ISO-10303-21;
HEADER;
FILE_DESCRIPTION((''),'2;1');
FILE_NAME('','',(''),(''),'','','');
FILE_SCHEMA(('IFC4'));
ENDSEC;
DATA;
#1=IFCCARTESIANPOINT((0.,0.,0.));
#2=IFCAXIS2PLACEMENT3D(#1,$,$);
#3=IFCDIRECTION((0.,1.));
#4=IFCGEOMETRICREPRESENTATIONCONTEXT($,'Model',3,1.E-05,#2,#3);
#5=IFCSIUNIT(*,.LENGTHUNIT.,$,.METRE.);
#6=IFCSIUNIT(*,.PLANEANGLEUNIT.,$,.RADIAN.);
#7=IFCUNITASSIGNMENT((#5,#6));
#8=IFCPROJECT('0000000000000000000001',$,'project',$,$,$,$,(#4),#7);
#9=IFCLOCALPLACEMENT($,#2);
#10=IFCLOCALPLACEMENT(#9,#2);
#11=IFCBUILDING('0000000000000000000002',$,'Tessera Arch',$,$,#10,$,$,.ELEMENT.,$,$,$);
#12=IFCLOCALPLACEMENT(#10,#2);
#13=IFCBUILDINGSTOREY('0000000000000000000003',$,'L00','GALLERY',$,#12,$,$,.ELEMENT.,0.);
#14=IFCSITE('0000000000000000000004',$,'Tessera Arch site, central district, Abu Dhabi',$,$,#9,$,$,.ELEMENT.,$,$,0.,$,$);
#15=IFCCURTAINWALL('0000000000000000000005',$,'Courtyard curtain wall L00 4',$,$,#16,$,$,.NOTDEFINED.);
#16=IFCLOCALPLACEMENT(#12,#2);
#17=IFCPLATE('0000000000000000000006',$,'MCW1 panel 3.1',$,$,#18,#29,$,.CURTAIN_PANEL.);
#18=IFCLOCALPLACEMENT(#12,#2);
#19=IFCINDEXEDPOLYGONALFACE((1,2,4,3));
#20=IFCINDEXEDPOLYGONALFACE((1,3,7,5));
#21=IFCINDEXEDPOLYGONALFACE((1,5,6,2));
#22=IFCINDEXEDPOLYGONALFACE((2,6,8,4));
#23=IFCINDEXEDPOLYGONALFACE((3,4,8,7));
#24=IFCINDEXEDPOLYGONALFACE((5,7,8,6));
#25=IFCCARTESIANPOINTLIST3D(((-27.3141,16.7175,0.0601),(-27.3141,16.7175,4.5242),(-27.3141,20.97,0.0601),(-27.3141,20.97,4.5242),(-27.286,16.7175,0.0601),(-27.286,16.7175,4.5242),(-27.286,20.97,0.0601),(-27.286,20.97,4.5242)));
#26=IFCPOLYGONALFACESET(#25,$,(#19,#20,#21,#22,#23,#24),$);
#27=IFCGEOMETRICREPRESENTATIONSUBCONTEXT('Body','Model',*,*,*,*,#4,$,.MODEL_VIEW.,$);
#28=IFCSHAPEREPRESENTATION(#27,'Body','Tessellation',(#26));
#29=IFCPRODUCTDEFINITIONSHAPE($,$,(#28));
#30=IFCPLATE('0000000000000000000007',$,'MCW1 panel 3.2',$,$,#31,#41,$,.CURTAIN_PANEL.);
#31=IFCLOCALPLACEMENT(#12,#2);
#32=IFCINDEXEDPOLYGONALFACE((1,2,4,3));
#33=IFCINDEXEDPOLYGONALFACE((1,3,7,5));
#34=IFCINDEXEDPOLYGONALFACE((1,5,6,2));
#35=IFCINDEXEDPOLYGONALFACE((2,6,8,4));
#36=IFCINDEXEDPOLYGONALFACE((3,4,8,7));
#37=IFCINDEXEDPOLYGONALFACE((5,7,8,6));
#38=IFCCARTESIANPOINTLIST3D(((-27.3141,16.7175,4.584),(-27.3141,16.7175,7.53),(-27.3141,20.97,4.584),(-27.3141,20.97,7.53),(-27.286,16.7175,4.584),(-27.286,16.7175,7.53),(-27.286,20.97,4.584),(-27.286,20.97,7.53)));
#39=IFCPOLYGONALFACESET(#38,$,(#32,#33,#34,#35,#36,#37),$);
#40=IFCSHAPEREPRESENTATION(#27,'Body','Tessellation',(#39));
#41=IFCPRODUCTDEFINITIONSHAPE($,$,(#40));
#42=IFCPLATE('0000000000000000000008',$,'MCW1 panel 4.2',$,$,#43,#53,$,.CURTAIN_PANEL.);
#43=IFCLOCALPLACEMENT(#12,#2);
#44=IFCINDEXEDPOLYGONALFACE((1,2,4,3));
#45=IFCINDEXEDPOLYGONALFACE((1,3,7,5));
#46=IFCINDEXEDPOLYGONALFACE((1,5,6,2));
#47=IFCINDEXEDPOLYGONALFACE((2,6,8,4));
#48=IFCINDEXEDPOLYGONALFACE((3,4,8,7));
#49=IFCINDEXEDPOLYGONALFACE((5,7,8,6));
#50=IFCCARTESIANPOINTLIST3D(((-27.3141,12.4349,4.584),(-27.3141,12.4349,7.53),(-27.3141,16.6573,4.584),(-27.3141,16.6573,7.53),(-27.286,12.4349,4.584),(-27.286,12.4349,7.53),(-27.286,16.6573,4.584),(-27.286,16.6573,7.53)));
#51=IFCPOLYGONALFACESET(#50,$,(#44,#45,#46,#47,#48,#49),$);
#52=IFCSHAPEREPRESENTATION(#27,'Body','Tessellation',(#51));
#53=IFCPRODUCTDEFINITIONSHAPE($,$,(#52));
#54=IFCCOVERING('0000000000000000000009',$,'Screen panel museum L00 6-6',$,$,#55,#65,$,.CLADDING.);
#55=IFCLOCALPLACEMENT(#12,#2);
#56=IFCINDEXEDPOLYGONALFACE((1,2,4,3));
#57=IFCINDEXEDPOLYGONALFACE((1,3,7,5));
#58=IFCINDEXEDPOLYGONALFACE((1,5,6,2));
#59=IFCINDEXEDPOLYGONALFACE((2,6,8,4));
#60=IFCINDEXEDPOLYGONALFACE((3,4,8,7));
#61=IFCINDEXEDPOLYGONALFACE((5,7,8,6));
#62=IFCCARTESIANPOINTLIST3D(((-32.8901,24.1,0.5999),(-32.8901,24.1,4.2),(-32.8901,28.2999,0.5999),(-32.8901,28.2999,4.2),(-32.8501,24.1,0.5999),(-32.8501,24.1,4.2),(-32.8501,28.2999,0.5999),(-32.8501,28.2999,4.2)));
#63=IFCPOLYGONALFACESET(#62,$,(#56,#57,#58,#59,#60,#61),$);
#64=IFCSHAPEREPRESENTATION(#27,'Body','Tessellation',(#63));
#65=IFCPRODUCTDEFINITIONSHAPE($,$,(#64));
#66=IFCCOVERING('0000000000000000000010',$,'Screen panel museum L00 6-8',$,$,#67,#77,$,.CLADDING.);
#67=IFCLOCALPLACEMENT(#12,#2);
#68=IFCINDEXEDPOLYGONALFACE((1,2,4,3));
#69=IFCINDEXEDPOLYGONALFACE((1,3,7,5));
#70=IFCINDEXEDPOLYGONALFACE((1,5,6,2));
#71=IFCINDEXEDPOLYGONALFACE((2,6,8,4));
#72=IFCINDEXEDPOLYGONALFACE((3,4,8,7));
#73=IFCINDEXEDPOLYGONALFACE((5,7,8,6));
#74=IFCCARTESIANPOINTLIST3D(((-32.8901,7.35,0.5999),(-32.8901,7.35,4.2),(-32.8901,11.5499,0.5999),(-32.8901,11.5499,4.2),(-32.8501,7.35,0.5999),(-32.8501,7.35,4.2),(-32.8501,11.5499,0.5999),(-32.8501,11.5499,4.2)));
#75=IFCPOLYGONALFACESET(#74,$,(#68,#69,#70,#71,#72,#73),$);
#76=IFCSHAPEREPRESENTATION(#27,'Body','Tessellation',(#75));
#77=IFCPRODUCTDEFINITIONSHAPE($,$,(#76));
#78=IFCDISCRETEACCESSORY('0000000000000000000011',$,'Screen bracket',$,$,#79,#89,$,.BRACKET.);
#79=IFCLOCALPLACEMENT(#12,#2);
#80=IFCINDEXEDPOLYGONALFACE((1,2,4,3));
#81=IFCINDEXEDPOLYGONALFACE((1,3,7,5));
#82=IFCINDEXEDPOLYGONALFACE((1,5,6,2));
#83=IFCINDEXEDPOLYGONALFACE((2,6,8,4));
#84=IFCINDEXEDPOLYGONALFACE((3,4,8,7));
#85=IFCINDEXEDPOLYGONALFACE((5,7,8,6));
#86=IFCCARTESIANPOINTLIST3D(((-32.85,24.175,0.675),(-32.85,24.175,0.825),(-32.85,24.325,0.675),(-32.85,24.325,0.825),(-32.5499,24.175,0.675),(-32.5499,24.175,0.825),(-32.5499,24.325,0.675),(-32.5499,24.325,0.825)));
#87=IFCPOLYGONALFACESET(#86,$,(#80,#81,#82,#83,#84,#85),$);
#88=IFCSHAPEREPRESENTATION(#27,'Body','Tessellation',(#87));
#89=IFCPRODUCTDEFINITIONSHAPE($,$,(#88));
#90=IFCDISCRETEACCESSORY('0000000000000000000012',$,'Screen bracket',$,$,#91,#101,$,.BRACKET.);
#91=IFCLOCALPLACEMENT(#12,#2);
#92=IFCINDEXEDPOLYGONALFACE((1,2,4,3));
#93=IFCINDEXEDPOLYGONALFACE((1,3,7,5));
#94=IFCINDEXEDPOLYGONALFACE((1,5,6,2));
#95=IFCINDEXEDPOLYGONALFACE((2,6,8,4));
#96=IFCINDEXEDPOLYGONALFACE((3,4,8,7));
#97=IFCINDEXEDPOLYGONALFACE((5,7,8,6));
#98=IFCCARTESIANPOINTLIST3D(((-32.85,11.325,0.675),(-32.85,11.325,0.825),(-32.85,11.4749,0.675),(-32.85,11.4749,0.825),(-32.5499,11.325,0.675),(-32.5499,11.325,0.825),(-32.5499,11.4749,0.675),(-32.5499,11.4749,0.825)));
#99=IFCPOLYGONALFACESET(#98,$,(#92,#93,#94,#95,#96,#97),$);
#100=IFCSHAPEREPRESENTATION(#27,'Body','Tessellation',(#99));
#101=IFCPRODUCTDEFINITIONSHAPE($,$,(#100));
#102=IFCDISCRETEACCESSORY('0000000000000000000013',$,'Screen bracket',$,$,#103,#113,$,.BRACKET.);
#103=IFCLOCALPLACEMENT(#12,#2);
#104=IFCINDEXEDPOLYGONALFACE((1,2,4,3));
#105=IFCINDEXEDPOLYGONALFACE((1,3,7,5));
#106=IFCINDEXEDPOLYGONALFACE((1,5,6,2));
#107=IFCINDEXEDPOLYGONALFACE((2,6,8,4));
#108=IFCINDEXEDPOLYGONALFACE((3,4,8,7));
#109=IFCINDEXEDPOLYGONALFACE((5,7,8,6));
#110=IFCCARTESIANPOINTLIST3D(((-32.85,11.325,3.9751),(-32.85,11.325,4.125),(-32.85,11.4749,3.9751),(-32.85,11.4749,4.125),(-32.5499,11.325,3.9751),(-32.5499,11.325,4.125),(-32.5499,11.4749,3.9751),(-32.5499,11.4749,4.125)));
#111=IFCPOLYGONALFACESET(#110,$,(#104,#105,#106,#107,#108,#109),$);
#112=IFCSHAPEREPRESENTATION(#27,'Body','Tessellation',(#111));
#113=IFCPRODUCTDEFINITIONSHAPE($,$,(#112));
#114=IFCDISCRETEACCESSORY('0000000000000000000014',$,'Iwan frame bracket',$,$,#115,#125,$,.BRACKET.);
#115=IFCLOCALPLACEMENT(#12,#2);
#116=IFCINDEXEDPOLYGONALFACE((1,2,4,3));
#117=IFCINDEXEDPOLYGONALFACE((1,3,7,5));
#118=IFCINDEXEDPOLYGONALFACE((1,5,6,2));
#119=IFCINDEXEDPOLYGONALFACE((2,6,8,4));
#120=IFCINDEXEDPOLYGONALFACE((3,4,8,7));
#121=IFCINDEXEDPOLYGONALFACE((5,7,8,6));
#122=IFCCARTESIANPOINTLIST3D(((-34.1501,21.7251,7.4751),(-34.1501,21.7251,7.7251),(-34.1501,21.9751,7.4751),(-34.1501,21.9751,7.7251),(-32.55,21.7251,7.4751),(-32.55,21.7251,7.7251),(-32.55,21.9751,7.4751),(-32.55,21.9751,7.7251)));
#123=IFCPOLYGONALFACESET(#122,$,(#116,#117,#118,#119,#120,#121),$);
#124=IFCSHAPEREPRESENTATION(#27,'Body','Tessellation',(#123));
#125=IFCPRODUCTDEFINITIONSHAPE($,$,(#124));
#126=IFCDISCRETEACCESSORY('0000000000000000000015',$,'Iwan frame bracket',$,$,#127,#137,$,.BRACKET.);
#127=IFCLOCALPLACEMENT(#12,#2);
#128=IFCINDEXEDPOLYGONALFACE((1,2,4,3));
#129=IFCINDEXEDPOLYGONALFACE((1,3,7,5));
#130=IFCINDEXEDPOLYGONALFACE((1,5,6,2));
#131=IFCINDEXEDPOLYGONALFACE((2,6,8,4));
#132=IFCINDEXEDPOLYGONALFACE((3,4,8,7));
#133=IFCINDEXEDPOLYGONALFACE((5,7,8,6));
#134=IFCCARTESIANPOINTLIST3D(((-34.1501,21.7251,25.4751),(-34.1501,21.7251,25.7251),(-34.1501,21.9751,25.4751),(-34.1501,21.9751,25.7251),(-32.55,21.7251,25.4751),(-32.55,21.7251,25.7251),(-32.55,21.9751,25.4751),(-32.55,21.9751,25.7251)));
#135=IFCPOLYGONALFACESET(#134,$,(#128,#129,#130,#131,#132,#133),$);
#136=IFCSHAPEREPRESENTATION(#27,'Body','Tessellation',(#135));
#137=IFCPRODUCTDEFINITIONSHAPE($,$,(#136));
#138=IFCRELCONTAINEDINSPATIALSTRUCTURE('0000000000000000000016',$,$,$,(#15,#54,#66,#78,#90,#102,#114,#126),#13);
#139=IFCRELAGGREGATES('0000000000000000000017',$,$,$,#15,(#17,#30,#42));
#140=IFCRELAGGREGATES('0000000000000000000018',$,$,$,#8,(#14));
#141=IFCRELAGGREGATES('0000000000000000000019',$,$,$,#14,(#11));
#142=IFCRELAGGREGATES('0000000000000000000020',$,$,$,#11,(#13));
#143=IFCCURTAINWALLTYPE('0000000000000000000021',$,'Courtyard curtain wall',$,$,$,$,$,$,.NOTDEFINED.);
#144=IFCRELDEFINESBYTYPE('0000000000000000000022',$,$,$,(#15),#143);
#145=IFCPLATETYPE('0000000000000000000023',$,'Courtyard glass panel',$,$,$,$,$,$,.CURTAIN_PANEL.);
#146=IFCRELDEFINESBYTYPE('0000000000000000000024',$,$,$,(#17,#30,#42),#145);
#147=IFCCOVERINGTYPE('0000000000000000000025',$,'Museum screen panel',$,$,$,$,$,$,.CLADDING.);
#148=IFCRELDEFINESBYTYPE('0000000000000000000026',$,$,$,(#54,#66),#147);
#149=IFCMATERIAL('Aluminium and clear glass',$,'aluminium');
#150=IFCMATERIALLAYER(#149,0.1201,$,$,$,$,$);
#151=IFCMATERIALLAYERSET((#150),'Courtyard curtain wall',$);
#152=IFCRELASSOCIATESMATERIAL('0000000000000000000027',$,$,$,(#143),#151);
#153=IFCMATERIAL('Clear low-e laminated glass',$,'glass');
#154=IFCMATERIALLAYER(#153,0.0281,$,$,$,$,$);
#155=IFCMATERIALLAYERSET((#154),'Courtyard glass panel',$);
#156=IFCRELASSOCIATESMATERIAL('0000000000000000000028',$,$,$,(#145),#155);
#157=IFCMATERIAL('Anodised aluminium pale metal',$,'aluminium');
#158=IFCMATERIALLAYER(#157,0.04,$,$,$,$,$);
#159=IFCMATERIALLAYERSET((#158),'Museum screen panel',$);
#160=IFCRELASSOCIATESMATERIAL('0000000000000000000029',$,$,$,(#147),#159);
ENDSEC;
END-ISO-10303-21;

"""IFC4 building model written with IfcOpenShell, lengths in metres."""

from ifc_helpers import new_model, si_unit, direction, frame, origin, origin_2d, place, context, subcontext, project, spatial, rectangle, extrude, material, layer, layer_set, type_object, element, aggregate, save


model = new_model("IFC4")

# Units and contexts
model_context = context("Model", 3, precision=1e-05, world=origin(), true_north=direction((0.0, 1.0)))
body_context = subcontext(model_context, "Body", "Model", "MODEL_VIEW")
ifc_project = project(units=[si_unit("LENGTHUNIT", "METRE"), si_unit("PLANEANGLEUNIT", "RADIAN")], contexts=[model_context])

# Site, building, storey
site_placement = place(None, origin())
site = spatial("IfcSite", under=ifc_project, at=site_placement, Name="Tessera Arch site, central district, Abu Dhabi", CompositionType="ELEMENT", RefElevation=0.0)
building_placement = place(site_placement, origin())
building = spatial("IfcBuilding", under=site, at=building_placement, Name="Tessera Arch", CompositionType="ELEMENT")
storey_placement = place(building_placement, origin())
storey = spatial("IfcBuildingStorey", under=building, at=storey_placement, Name="L00", Description="GALLERY", CompositionType="ELEMENT", Elevation=0.0)

# Curtain wall
ifc_material_1 = material(Name="Aluminium and clear glass", Category="aluminium")
ifc_layer_1 = layer(ifc_material_1, 0.1201)
ifc_layer_set_1 = layer_set([ifc_layer_1], Name="Courtyard curtain wall")
curtain_wall_type = type_object("IfcCurtainWallType", Name="Courtyard curtain wall", PredefinedType="NOTDEFINED", material=ifc_layer_set_1)
curtain_wall_1_placement = place(storey_placement, origin())
curtain_wall_1 = element("IfcCurtainWall", 1, at=curtain_wall_1_placement, inside=storey, type_object=curtain_wall_type, Name="Courtyard curtain wall L00 4", PredefinedType="NOTDEFINED")

# Plates
ifc_material_2 = material(Name="Clear low-e laminated glass", Category="glass")
ifc_layer_2 = layer(ifc_material_2, 0.0281)
ifc_layer_set_2 = layer_set([ifc_layer_2], Name="Courtyard glass panel")
plate_type = type_object("IfcPlateType", Name="Courtyard glass panel", PredefinedType="CURTAIN_PANEL", material=ifc_layer_set_2)
plate_1_placement = place(storey_placement, frame((-27.3, 18.8438, 0.0601), z_axis=(0.0, 0.0, 1.0), x_axis=(0.0, -1.0, 0.0)))
plate_1 = element("IfcPlate", 2, at=plate_1_placement, type_object=plate_type, Name="MCW1 panel 3.1", PredefinedType="CURTAIN_PANEL", context=body_context, shape_type="SweptSolid", body=[
    extrude(rectangle(XDim=4.2524, YDim=0.0281, at=origin_2d()), origin(), (0.0, 0.0, 1.0), 4.4641),
])
plate_2_placement = place(storey_placement, frame((-27.3, 18.8438, 4.584), z_axis=(0.0, 0.0, 1.0), x_axis=(0.0, -1.0, 0.0)))
plate_2 = element("IfcPlate", 3, at=plate_2_placement, type_object=plate_type, Name="MCW1 panel 3.2", PredefinedType="CURTAIN_PANEL", context=body_context, shape_type="SweptSolid", body=[
    extrude(rectangle(XDim=4.2524, YDim=0.0281, at=origin_2d()), origin(), (0.0, 0.0, 1.0), 2.946),
])
plate_3_placement = place(storey_placement, frame((-27.3, 14.5461, 4.584), z_axis=(0.0, 0.0, 1.0), x_axis=(0.0, -1.0, 0.0)))
plate_3 = element("IfcPlate", 4, at=plate_3_placement, type_object=plate_type, Name="MCW1 panel 4.2", PredefinedType="CURTAIN_PANEL", context=body_context, shape_type="SweptSolid", body=[
    extrude(rectangle(XDim=4.2224, YDim=0.0281, at=origin_2d()), origin(), (0.0, 0.0, 1.0), 2.946),
])
aggregate(curtain_wall_1, [plate_1, plate_2, plate_3])

# Coverings
ifc_material_3 = material(Name="Anodised aluminium pale metal", Category="aluminium")
ifc_layer_3 = layer(ifc_material_3, 0.04)
ifc_layer_set_3 = layer_set([ifc_layer_3], Name="Museum screen panel")
covering_type = type_object("IfcCoveringType", Name="Museum screen panel", PredefinedType="CLADDING", material=ifc_layer_set_3)
for number, where, z_axis, x_axis, name in (
    (5, (-32.8701, 26.2, 0.5999), (0.0, 0.0, 1.0), (0.0, -1.0, 0.0), "Screen panel museum L00 6-6"),
    (6, (-32.8701, 9.45, 0.5999), (0.0, 0.0, 1.0), (0.0, -1.0, 0.0), "Screen panel museum L00 6-8"),
):
    element("IfcCovering", number, at=place(storey_placement, frame(where, z_axis=z_axis, x_axis=x_axis)), inside=storey, type_object=covering_type, Name=name, PredefinedType="CLADDING", context=body_context, shape_type="SweptSolid", body=[
        extrude(rectangle(XDim=4.2, YDim=0.04, at=origin_2d()), origin(), (0.0, 0.0, 1.0), 3.6001),
    ])

# Discrete accessories
for number, where, z_axis, x_axis, name in (
    (7, (-32.7, 24.25, 0.675), (0.0, 0.0, 1.0), (-1.0, 0.0, 0.0), "Screen bracket"),
    (8, (-32.7, 11.3999, 0.675), (0.0, 0.0, 1.0), (-1.0, 0.0, 0.0), "Screen bracket"),
    (9, (-32.7, 11.3999, 3.9751), (0.0, 0.0, 1.0), (-1.0, 0.0, 0.0), "Screen bracket"),
):
    element("IfcDiscreteAccessory", number, at=place(storey_placement, frame(where, z_axis=z_axis, x_axis=x_axis)), inside=storey, Name=name, PredefinedType="BRACKET", context=body_context, shape_type="SweptSolid", body=[
        extrude(rectangle(XDim=0.3, YDim=0.1499, at=origin_2d()), origin(), (0.0, 0.0, 1.0), 0.1499),
    ])
for number, where, z_axis, x_axis, name in (
    (10, (-33.3501, 21.8501, 7.4751), (0.0, 0.0, 1.0), (-1.0, 0.0, 0.0), "Iwan frame bracket"),
    (11, (-33.3501, 21.8501, 25.4751), (0.0, 0.0, 1.0), (-1.0, 0.0, 0.0), "Iwan frame bracket"),
):
    element("IfcDiscreteAccessory", number, at=place(storey_placement, frame(where, z_axis=z_axis, x_axis=x_axis)), inside=storey, Name=name, PredefinedType="BRACKET", context=body_context, shape_type="SweptSolid", body=[
        extrude(rectangle(XDim=1.6001, YDim=0.25, at=origin_2d()), origin(), (0.0, 0.0, 1.0), 0.25),
    ])

save(model, "model.ifc")
